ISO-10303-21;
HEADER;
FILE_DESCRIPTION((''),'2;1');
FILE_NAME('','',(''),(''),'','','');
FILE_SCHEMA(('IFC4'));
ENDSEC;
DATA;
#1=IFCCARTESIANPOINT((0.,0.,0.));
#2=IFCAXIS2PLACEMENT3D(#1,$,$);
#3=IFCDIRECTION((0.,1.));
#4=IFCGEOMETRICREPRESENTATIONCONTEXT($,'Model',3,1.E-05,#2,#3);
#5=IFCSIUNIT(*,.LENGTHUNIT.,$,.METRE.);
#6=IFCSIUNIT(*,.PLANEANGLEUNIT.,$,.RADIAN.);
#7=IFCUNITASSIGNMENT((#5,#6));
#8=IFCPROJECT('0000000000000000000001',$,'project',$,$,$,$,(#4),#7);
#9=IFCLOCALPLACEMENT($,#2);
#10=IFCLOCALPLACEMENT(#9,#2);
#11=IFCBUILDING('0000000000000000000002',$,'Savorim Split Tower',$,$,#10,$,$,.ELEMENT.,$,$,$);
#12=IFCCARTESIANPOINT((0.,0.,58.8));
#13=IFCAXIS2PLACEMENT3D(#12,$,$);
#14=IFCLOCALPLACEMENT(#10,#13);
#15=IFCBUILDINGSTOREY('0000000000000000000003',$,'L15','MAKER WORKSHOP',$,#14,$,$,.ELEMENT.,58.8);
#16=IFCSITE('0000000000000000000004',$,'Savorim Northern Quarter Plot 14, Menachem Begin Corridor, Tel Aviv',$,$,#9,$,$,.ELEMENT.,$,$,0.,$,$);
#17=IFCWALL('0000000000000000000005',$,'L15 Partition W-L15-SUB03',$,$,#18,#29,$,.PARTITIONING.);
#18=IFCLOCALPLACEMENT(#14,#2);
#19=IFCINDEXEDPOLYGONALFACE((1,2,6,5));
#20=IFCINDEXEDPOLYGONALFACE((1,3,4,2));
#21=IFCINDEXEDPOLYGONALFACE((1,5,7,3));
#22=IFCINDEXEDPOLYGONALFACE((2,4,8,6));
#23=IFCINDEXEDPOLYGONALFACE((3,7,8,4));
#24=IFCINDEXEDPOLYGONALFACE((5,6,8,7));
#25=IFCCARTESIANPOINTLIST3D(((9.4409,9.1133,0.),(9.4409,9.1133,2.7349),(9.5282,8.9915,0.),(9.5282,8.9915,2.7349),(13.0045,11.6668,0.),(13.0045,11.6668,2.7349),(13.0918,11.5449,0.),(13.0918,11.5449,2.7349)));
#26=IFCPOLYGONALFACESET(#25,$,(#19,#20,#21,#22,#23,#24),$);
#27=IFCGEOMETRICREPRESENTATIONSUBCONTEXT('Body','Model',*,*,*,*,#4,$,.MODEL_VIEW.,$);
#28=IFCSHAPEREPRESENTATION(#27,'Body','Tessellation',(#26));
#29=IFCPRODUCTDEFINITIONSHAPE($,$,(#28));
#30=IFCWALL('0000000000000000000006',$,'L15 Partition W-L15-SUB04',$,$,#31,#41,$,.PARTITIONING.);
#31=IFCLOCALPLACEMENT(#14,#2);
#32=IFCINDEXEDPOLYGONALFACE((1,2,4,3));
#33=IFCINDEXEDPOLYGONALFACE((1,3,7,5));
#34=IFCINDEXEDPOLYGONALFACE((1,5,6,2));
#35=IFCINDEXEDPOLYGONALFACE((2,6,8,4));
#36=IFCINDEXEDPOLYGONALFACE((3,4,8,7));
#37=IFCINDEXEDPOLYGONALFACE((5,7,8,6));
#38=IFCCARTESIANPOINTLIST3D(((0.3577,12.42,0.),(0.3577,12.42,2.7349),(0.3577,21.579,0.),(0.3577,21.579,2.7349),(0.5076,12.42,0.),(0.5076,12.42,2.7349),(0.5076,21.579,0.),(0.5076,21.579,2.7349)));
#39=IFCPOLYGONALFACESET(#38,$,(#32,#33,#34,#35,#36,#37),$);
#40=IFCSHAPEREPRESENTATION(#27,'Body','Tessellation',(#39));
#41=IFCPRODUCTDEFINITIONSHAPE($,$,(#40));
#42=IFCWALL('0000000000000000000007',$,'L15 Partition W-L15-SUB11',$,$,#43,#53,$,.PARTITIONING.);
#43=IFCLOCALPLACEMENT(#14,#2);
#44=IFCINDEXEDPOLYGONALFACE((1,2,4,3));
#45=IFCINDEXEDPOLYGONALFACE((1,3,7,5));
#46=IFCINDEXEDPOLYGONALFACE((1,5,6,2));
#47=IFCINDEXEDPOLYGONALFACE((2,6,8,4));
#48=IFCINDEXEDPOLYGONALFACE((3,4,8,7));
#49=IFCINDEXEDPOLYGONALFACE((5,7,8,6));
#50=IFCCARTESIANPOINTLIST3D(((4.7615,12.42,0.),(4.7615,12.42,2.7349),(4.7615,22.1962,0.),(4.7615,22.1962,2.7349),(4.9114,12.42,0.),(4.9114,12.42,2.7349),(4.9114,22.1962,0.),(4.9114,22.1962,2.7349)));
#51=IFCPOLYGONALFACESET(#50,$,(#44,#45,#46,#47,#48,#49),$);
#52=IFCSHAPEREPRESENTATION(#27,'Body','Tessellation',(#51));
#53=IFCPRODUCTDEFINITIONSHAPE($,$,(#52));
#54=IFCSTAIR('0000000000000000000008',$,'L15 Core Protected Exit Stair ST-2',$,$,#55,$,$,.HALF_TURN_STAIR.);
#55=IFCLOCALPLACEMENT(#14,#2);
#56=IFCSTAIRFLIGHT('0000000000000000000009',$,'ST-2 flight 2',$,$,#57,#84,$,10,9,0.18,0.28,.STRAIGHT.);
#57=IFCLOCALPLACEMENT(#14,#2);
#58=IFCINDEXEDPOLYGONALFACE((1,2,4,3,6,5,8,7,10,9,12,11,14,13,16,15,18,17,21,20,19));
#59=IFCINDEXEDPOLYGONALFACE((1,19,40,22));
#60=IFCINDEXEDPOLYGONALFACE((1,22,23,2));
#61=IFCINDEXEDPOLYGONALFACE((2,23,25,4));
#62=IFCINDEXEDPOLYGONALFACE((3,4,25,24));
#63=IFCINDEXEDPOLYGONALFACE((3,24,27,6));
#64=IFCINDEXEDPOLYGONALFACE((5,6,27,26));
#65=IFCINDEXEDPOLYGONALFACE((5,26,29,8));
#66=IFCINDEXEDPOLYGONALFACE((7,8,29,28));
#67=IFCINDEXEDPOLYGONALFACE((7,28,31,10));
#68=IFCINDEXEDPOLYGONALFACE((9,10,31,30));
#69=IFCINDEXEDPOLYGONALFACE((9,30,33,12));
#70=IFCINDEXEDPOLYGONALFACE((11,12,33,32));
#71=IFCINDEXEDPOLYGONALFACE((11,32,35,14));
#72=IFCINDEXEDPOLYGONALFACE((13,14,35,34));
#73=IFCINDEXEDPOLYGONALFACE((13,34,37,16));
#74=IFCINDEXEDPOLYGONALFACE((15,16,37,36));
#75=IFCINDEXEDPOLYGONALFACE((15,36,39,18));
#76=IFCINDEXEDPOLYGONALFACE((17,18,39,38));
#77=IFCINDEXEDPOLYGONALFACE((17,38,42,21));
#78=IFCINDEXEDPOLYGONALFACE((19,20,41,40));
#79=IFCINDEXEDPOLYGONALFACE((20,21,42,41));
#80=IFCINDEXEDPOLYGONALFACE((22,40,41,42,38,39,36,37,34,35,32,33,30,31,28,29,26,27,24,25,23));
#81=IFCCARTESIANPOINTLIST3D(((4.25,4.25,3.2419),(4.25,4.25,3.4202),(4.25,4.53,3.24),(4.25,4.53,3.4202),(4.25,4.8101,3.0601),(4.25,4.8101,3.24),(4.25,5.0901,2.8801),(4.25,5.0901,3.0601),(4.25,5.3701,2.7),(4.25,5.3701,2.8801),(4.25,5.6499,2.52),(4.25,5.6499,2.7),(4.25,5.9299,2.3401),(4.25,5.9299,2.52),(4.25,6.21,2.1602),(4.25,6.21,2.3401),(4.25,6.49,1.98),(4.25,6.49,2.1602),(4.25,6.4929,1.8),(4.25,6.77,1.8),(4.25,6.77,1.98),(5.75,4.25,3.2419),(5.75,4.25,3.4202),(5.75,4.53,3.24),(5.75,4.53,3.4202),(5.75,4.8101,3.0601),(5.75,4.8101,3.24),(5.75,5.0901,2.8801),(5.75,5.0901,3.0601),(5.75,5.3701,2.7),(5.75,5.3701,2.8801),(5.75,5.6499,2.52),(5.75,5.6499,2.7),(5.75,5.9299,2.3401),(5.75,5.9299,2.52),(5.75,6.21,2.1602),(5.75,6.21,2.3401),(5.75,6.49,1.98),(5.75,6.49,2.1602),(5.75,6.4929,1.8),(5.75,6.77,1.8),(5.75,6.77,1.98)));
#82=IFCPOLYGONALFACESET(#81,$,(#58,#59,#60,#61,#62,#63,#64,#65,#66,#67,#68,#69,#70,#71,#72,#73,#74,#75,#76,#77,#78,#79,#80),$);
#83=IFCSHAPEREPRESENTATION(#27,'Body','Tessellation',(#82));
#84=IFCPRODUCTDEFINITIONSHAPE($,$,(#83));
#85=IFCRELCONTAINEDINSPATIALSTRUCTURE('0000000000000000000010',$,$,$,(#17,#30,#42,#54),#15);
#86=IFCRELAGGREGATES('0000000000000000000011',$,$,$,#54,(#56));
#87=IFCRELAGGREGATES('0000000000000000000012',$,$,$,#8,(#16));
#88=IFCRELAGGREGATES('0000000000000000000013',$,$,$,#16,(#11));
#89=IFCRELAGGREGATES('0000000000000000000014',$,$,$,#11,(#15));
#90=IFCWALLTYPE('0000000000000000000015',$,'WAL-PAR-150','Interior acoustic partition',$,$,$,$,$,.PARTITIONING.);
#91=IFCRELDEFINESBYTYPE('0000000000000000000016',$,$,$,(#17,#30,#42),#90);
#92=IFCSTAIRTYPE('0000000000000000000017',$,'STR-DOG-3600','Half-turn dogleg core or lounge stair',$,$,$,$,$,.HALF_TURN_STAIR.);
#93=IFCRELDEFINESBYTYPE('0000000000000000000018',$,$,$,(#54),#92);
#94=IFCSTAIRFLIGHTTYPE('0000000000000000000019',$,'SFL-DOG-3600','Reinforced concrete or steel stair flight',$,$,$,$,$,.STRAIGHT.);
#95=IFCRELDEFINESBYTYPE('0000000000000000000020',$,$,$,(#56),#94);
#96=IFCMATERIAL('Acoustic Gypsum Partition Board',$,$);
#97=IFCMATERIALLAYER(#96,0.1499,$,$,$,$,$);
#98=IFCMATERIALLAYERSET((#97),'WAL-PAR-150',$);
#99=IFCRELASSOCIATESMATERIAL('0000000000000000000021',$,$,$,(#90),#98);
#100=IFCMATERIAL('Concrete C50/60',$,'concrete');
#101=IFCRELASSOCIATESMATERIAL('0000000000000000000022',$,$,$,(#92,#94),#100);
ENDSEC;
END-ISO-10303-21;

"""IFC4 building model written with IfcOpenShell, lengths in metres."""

from ifc_helpers import new_model, si_unit, direction, frame, frame_2d, origin, place, context, subcontext, project, spatial, polyline, rectangle, outline, extrude, material, layer, layer_set, type_object, element, aggregate, save


model = new_model("IFC4")

# Units and contexts
model_context = context("Model", 3, precision=1e-05, world=origin(), true_north=direction((0.0, 1.0)))
body_context = subcontext(model_context, "Body", "Model", "MODEL_VIEW")
ifc_project = project(units=[si_unit("LENGTHUNIT", "METRE"), si_unit("PLANEANGLEUNIT", "RADIAN")], contexts=[model_context])

# Site, building, storey
site_placement = place(None, origin())
site = spatial("IfcSite", under=ifc_project, at=site_placement, Name="Savorim Northern Quarter Plot 14, Menachem Begin Corridor, Tel Aviv", CompositionType="ELEMENT", RefElevation=0.0)
building_placement = place(site_placement, origin())
building = spatial("IfcBuilding", under=site, at=building_placement, Name="Savorim Split Tower", CompositionType="ELEMENT")
storey_placement = place(building_placement, frame((0.0, 0.0, 58.8)))
storey = spatial("IfcBuildingStorey", under=building, at=storey_placement, Name="L15", Description="MAKER WORKSHOP", CompositionType="ELEMENT", Elevation=58.8)

# Shared definitions
ifc_material_1 = material(Name="Acoustic Gypsum Partition Board")
ifc_layer_1 = layer(ifc_material_1, 0.1499)
ifc_layer_set_1 = layer_set([ifc_layer_1], Name="WAL-PAR-150")
wall_type_1 = type_object("IfcWallType", Name="WAL-PAR-150", Description="Interior acoustic partition", PredefinedType="PARTITIONING", material=ifc_layer_set_1)

# Walls
wall_1_placement = place(storey_placement, frame((9.4846, 9.0525, 0.0), z_axis=(0.0, 0.0, 1.0), x_axis=(0.812875, 0.582439, 0.0)))
element("IfcWall", 1, at=wall_1_placement, inside=storey, type_object=wall_type_1, Name="L15 Partition W-L15-SUB03", PredefinedType="PARTITIONING", context=body_context, shape_type="SweptSolid", body=[
    extrude(rectangle(XDim=4.384, YDim=0.1499, at=frame_2d((2.1919, 0.0))), origin(), (0.0, 0.0, 1.0), 2.7349),
])
wall_2_placement = place(storey_placement, frame((0.4326, 12.4199, 0.0), z_axis=(0.0, 0.0, 1.0), x_axis=(0.0, 1.0, 0.0)))
element("IfcWall", 2, at=wall_2_placement, inside=storey, type_object=wall_type_1, Name="L15 Partition W-L15-SUB04", PredefinedType="PARTITIONING", context=body_context, shape_type="SweptSolid", body=[
    extrude(rectangle(XDim=9.1589, YDim=0.1499, at=frame_2d((4.5796, 0.0))), origin(), (0.0, 0.0, 1.0), 2.7349),
])
wall_3_placement = place(storey_placement, frame((4.8364, 12.4199, 0.0), z_axis=(0.0, 0.0, 1.0), x_axis=(0.0, 1.0, 0.0)))
element("IfcWall", 3, at=wall_3_placement, inside=storey, type_object=wall_type_1, Name="L15 Partition W-L15-SUB11", PredefinedType="PARTITIONING", context=body_context, shape_type="SweptSolid", body=[
    extrude(rectangle(XDim=9.7761, YDim=0.1499, at=frame_2d((4.8882, 0.0))), origin(), (0.0, 0.0, 1.0), 2.7349),
])

# Stair, stair flight
ifc_material_2 = material(Name="Concrete C50/60", Category="concrete")
stair_type = type_object("IfcStairType", Name="STR-DOG-3600", Description="Half-turn dogleg core or lounge stair", PredefinedType="HALF_TURN_STAIR", material=ifc_material_2)
stair_placement = place(storey_placement, origin())
stair = element("IfcStair", 4, at=stair_placement, inside=storey, type_object=stair_type, Name="L15 Core Protected Exit Stair ST-2", PredefinedType="HALF_TURN_STAIR")
stair_flight_type = type_object("IfcStairFlightType", Name="SFL-DOG-3600", Description="Reinforced concrete or steel stair flight", PredefinedType="STRAIGHT", material=ifc_material_2)
stair_flight_placement = place(storey_placement, frame((5.0, 6.77, 1.8), z_axis=(0.0, 0.0, 1.0), x_axis=(0.0, -1.0, 0.0)))
stair_flight = element("IfcStairFlight", 5, at=stair_flight_placement, type_object=stair_flight_type, Name="ST-2 flight 2", NumberOfRisers=10, NumberOfTreads=9, PredefinedType="STRAIGHT", RiserHeight=0.18, TreadLength=0.28, context=body_context, shape_type="SweptSolid", body=[
    extrude(outline(polyline([(0.0, 0.0), (0.0, 0.1799), (0.28, 0.1799), (0.28, 0.3601), (0.5601, 0.3601), (0.5601, 0.54), (0.8401, 0.54), (0.8401, 0.72), (1.1201, 0.72), (1.1201, 0.8999), (1.3999, 0.8999), (1.3999, 1.0801), (1.6799, 1.0801), (1.6799, 1.26), (1.96, 1.26), (1.96, 1.4399), (2.24, 1.4399), (2.24, 1.6201), (2.52, 1.6201), (2.52, 1.8), (2.52, 1.4419), (0.2771, 0.0), (0.0, 0.0)])), frame((0.0, 0.75, 0.0), z_axis=(0.0, -1.0, 0.0), x_axis=(1.0, 0.0, 0.0)), (0.0, 0.0, 1.0), 1.5),
])
aggregate(stair, [stair_flight])

save(model, "model.ifc")
